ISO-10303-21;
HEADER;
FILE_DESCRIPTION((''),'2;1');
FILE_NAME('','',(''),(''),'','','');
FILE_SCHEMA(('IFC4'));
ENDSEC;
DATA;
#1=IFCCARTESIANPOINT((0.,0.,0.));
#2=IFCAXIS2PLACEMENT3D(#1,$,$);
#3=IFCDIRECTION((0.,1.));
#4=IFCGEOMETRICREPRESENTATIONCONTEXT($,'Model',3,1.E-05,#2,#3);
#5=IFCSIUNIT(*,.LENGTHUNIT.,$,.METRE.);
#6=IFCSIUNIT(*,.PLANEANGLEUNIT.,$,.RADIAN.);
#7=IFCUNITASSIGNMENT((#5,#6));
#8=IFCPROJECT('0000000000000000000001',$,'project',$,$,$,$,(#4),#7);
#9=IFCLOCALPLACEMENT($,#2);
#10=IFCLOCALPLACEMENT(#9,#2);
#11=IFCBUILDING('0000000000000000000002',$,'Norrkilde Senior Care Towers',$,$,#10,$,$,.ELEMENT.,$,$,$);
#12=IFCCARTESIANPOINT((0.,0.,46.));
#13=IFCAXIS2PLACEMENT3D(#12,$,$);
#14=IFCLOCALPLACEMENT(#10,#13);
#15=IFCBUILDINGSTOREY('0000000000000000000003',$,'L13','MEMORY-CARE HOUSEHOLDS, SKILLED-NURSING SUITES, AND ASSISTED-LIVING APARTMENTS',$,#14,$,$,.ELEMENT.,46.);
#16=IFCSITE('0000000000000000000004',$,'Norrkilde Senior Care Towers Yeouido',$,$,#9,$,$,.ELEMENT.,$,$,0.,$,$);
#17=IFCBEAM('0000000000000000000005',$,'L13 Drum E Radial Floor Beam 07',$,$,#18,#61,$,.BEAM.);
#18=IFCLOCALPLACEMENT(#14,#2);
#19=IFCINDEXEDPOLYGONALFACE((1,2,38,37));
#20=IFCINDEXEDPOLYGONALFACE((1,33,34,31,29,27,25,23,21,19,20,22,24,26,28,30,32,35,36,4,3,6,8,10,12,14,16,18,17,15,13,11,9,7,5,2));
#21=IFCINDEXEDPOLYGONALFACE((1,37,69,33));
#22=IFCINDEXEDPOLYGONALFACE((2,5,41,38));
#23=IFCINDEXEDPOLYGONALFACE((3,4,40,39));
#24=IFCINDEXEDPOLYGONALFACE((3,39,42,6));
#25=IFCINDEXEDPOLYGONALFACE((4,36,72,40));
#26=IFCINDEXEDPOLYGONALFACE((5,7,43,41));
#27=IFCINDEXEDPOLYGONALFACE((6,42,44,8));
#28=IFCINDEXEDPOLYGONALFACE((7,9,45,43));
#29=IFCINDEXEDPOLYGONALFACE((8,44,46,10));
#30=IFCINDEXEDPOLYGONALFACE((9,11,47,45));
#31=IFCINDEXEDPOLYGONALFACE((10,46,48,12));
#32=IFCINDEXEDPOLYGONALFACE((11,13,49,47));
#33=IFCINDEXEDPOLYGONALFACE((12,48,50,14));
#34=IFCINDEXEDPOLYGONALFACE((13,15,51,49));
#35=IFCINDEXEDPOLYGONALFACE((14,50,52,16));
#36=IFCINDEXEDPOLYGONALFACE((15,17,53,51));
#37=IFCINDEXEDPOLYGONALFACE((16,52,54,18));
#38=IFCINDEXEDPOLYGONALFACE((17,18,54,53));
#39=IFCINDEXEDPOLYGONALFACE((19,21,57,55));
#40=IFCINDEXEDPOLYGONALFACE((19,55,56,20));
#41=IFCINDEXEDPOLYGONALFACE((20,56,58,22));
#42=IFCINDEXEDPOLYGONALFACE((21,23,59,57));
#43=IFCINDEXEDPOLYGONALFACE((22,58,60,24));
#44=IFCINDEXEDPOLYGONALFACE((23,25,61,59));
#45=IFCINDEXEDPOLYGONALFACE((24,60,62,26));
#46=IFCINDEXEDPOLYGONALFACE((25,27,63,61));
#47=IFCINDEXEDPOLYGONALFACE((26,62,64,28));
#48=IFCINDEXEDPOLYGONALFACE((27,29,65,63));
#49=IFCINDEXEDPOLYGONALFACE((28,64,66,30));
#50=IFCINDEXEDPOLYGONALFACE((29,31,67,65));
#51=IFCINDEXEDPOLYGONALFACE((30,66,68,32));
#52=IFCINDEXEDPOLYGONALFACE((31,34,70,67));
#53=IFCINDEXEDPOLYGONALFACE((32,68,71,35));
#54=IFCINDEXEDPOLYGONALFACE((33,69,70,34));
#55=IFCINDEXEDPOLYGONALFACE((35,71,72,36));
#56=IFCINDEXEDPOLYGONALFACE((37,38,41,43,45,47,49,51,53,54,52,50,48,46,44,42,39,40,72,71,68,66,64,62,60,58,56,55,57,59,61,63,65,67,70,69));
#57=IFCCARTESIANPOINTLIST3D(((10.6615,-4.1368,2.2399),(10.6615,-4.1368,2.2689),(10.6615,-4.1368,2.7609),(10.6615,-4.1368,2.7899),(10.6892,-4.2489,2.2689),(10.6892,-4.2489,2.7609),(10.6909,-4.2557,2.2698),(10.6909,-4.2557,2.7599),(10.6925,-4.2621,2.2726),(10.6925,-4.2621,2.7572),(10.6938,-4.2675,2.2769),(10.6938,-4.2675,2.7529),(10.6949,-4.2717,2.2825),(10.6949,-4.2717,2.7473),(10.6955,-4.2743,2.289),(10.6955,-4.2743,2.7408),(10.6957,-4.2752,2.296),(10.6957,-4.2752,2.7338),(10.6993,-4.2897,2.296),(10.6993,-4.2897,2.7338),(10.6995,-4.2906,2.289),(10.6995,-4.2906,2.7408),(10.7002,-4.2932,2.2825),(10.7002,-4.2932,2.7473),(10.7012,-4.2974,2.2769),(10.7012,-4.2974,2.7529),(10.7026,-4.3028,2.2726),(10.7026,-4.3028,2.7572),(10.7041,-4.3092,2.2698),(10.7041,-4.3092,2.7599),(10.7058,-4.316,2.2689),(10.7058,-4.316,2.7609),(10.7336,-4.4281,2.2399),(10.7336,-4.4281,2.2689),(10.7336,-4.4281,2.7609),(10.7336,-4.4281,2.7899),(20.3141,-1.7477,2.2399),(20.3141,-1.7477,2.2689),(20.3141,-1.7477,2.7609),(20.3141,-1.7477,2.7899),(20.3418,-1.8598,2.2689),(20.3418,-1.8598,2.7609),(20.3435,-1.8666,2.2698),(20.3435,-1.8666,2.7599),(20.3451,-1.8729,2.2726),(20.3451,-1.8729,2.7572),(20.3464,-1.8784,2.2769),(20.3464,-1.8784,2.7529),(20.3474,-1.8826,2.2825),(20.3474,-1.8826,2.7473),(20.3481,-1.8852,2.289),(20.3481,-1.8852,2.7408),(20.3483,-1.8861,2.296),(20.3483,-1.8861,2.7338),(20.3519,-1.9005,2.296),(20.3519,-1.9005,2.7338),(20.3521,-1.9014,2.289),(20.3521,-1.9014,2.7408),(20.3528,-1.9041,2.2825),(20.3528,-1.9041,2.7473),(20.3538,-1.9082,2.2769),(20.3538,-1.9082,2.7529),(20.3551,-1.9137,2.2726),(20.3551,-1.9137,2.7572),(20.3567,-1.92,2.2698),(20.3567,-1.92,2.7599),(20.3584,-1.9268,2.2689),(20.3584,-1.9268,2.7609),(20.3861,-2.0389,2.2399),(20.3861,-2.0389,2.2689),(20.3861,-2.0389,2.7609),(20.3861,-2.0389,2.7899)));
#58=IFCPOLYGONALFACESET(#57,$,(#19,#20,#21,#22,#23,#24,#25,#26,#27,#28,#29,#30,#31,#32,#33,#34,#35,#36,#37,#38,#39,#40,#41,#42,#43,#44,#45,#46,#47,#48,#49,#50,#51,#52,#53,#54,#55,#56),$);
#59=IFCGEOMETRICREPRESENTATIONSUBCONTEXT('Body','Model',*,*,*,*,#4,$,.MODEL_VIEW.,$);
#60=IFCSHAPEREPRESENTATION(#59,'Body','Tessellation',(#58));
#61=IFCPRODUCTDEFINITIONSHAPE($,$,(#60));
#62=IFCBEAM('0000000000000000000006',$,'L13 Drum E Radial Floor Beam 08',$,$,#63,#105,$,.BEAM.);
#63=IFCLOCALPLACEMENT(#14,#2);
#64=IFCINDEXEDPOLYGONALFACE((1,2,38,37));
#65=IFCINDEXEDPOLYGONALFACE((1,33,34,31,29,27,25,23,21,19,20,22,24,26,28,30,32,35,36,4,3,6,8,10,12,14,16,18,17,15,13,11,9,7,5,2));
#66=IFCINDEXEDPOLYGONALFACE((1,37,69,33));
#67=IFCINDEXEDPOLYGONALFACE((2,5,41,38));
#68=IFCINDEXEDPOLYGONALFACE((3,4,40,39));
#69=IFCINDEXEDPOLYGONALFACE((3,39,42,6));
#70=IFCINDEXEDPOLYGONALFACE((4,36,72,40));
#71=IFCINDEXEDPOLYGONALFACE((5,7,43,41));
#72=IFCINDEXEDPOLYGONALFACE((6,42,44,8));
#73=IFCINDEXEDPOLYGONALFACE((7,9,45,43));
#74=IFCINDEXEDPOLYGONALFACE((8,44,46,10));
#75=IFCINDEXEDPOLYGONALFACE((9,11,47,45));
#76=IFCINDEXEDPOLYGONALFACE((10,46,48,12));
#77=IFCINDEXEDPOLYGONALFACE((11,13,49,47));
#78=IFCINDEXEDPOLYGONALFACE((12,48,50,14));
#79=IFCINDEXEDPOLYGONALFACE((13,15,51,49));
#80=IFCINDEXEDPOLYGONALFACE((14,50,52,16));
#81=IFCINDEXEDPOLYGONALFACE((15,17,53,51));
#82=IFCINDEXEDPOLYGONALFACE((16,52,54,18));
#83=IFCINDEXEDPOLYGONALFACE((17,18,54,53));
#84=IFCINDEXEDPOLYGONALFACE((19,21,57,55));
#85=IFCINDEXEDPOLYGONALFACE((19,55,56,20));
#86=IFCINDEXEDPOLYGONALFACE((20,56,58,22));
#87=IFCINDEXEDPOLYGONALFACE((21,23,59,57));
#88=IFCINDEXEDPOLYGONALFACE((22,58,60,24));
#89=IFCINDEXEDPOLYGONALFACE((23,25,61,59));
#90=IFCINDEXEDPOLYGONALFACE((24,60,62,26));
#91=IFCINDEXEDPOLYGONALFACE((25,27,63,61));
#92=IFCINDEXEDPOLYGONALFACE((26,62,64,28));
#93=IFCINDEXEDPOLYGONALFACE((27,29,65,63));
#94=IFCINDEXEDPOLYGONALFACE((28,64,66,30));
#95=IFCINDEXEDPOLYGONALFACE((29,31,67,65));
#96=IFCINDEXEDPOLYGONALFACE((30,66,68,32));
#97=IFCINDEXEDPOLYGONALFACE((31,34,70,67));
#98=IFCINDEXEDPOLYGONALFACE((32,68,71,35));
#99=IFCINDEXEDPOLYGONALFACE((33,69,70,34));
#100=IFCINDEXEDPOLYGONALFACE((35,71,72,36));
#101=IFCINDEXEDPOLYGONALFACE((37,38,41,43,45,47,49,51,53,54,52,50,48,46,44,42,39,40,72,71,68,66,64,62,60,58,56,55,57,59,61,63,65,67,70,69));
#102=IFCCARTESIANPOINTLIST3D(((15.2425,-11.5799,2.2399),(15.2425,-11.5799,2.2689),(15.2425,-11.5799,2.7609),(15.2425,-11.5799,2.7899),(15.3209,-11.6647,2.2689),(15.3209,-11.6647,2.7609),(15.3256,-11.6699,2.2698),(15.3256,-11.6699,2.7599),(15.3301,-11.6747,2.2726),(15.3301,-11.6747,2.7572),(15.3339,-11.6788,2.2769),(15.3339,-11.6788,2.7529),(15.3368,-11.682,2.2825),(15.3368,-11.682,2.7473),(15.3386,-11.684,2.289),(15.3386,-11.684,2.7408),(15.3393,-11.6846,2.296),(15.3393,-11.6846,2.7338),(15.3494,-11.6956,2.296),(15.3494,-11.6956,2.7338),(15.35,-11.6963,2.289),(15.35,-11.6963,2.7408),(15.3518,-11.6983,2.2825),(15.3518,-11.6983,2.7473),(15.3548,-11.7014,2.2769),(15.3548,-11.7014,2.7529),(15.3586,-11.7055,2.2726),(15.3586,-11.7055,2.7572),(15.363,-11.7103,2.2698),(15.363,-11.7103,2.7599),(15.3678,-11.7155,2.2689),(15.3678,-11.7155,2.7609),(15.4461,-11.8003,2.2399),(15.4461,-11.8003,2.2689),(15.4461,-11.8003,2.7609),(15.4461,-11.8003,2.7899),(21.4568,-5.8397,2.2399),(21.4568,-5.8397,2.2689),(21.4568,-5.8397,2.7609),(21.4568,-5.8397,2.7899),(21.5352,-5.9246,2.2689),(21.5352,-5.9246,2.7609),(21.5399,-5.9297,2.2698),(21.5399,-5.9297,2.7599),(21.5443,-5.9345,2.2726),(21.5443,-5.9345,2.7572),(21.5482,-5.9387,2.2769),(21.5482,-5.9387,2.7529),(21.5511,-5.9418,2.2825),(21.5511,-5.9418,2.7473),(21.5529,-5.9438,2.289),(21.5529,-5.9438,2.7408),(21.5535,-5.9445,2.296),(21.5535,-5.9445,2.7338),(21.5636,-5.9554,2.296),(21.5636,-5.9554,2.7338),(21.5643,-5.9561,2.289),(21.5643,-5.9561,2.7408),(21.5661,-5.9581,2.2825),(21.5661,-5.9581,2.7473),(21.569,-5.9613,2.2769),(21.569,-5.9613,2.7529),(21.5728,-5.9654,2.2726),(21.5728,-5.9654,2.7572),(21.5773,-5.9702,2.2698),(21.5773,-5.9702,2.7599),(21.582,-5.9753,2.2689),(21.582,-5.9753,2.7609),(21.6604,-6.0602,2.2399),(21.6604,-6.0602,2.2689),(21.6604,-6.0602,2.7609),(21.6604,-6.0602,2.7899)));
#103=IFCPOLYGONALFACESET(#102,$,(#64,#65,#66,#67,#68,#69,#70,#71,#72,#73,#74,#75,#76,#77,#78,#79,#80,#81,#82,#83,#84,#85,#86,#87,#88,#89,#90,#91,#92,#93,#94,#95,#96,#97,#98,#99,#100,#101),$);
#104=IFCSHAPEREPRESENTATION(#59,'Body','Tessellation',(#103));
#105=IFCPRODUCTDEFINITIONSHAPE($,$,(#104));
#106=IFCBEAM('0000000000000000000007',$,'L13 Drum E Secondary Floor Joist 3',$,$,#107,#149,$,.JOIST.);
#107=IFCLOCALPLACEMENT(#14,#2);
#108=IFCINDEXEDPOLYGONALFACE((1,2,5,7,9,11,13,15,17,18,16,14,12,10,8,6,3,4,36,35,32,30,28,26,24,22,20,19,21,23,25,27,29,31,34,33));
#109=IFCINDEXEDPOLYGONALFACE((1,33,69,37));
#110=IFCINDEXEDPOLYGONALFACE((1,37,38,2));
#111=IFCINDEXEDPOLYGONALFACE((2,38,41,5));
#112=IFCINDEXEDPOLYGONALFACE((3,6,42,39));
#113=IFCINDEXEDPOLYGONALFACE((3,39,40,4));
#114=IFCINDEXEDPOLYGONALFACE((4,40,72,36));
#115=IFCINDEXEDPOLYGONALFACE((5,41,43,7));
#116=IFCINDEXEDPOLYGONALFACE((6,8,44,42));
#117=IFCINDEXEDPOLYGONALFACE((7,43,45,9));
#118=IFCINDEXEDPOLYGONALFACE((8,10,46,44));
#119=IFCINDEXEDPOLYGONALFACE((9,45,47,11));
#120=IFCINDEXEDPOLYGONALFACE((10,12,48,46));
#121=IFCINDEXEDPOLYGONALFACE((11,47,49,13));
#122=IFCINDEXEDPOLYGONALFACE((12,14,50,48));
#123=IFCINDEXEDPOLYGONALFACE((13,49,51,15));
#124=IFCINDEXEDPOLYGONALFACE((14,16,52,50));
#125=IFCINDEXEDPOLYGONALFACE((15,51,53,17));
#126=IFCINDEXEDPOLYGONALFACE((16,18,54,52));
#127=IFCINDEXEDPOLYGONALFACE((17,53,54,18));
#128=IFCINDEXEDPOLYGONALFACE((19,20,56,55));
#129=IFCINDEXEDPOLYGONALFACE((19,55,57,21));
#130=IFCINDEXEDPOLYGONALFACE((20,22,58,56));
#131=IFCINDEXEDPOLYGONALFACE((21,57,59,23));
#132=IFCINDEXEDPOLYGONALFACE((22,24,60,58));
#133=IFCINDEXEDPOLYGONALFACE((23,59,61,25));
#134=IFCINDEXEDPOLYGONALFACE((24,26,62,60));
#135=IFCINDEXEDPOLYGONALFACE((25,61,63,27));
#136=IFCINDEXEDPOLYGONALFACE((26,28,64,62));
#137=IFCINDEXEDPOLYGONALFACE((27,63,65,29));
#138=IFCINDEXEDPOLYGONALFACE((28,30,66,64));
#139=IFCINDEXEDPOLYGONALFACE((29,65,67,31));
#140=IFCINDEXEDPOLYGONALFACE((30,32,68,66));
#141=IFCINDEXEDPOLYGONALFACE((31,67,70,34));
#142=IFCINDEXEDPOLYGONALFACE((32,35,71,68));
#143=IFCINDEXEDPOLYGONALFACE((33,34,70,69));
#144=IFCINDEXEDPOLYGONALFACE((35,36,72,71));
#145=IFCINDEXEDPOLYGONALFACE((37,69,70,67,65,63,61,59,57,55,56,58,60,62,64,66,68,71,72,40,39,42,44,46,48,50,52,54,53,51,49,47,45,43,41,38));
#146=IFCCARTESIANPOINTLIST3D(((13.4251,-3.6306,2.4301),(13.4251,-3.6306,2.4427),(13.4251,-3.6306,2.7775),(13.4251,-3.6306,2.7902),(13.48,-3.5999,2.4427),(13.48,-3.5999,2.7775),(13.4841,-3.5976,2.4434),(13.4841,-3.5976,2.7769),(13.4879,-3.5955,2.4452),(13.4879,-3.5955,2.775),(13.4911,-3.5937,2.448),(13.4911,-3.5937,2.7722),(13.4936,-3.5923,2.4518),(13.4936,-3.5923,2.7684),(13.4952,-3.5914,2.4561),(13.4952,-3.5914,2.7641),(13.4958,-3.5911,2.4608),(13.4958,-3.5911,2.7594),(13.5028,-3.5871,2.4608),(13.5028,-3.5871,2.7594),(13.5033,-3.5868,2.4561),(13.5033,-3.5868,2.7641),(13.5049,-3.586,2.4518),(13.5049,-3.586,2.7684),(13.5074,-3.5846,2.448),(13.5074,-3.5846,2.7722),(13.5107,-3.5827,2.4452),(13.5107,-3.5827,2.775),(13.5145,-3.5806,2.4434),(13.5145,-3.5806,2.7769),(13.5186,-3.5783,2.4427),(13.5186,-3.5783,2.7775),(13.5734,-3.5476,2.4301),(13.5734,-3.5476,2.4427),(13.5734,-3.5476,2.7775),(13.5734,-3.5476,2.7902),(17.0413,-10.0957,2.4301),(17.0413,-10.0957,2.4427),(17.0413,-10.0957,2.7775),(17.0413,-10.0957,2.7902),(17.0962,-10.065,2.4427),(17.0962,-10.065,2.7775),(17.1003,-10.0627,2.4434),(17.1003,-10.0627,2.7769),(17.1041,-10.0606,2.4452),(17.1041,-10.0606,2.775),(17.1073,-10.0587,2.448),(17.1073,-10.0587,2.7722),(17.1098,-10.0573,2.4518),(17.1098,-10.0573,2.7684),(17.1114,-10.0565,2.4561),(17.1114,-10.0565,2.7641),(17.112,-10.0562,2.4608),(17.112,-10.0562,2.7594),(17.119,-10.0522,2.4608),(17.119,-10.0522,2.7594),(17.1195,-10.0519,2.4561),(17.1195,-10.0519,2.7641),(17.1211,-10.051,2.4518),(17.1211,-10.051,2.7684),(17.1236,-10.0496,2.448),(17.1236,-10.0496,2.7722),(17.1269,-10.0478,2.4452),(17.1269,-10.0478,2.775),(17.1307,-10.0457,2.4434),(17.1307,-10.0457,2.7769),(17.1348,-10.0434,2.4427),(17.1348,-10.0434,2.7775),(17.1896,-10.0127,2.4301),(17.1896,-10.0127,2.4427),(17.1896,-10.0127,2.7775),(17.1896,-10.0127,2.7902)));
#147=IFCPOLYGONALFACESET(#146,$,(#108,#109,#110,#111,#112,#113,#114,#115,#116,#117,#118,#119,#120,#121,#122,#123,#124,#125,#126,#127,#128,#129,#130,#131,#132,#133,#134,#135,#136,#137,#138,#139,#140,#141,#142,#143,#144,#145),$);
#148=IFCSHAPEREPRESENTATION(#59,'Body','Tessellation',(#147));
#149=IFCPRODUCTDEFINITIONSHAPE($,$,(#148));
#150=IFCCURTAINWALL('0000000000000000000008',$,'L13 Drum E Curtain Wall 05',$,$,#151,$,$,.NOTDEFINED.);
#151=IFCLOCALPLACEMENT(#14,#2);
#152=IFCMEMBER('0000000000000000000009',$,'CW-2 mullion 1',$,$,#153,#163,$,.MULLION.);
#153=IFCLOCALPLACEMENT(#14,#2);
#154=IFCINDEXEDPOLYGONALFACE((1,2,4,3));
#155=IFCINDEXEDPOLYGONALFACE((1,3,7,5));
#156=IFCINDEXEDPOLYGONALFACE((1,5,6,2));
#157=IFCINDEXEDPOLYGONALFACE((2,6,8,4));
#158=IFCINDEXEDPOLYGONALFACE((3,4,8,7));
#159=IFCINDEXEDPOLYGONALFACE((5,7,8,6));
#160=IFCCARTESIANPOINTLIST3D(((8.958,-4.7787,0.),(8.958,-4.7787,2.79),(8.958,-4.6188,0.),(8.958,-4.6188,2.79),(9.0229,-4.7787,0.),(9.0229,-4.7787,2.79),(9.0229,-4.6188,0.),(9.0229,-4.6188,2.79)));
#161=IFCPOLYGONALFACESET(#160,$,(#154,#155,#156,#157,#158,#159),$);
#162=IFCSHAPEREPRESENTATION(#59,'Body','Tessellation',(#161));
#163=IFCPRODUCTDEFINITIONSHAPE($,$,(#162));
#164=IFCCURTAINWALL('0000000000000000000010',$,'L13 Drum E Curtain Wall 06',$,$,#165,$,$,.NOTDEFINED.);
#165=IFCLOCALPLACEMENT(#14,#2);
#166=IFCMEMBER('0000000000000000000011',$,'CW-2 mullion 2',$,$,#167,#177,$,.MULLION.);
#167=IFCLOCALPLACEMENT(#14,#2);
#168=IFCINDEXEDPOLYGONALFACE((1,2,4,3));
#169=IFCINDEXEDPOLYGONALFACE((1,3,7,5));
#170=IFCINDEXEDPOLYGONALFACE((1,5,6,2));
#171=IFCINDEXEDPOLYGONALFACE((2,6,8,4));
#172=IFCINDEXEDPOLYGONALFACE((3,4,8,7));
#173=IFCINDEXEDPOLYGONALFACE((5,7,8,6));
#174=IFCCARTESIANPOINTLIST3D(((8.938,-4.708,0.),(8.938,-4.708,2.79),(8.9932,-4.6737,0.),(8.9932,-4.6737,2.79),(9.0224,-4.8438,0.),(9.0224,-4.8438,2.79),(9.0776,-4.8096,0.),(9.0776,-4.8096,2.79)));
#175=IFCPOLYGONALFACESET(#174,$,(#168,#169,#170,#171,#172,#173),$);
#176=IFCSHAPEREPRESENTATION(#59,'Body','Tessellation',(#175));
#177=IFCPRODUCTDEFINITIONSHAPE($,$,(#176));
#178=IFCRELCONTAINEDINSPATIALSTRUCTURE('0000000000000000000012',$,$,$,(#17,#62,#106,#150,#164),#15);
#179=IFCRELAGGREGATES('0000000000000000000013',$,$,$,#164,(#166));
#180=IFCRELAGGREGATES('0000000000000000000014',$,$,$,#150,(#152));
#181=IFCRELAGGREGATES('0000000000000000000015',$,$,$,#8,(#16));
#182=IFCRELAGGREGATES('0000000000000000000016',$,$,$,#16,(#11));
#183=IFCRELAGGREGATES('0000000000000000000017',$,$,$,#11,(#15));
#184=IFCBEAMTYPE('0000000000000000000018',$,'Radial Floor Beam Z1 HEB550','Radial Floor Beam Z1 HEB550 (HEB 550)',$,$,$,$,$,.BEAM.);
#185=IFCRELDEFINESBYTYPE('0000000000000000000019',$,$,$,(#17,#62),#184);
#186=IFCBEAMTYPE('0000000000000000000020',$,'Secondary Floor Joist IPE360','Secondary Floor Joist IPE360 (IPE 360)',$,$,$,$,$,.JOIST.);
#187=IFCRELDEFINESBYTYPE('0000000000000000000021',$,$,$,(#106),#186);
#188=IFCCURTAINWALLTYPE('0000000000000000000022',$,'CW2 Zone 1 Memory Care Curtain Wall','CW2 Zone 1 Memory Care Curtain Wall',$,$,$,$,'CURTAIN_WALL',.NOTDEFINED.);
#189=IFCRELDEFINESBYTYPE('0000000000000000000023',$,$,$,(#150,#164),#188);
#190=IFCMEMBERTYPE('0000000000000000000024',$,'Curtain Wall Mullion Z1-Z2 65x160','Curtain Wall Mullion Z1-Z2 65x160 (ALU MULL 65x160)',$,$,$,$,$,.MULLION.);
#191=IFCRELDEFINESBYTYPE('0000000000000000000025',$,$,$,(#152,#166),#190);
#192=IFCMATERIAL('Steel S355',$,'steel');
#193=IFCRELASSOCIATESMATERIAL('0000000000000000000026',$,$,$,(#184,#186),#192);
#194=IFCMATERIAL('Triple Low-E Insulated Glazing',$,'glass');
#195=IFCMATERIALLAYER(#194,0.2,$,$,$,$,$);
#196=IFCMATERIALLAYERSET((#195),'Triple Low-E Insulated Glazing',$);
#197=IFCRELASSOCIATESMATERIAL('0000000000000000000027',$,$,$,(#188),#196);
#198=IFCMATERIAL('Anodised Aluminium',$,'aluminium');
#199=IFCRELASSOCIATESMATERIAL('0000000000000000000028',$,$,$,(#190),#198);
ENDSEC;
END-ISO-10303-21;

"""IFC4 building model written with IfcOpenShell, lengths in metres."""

from ifc_helpers import new_model, si_unit, direction, frame, origin, origin_2d, place, context, subcontext, project, spatial, rectangle, i_section, extrude, source, transform, mapped, material, layer, layer_set, material_profile, profile_set, type_object, type_shapes, element, aggregate, save


model = new_model("IFC4")

# Units and contexts
model_context = context("Model", 3, precision=1e-05, world=origin(), true_north=direction((0.0, 1.0)))
body_context = subcontext(model_context, "Body", "Model", "MODEL_VIEW")
ifc_project = project(units=[si_unit("LENGTHUNIT", "METRE"), si_unit("PLANEANGLEUNIT", "RADIAN")], contexts=[model_context])

# Site, building, storey
site_placement = place(None, origin())
site = spatial("IfcSite", under=ifc_project, at=site_placement, Name="Norrkilde Senior Care Towers Yeouido", CompositionType="ELEMENT", RefElevation=0.0)
building_placement = place(site_placement, origin())
building = spatial("IfcBuilding", under=site, at=building_placement, Name="Norrkilde Senior Care Towers", CompositionType="ELEMENT")
storey_placement = place(building_placement, frame((0.0, 0.0, 46.0)))
storey = spatial("IfcBuildingStorey", under=building, at=storey_placement, Name="L13", Description="MEMORY-CARE HOUSEHOLDS, SKILLED-NURSING SUITES, AND ASSISTED-LIVING APARTMENTS", CompositionType="ELEMENT", Elevation=46.0)

# Beams
ifc_material_1 = material(Name="Steel S355", Category="steel")
ifc_material_profile_1 = material_profile(ifc_material_1, i_section(OverallWidth=0.3, OverallDepth=0.55, WebThickness=0.0149, FlangeThickness=0.0291, FilletRadius=0.0271, at=origin_2d()), Name="HEB 550")
ifc_profile_set_1 = profile_set([ifc_material_profile_1], Name="Steel S355")
beam_type_1 = type_object("IfcBeamType", Name="Radial Floor Beam Z1 HEB550", Description="Radial Floor Beam Z1 HEB550 (HEB 550)", PredefinedType="BEAM", material=ifc_profile_set_1)
shared_shape_1 = source(origin(), body_context, "Body", "SweptSolid", [
    extrude(i_section(OverallWidth=0.3, OverallDepth=0.55, WebThickness=0.0149, FlangeThickness=0.0291, FilletRadius=0.0271, at=origin_2d()), origin(), (0.0, 0.0, 1.0), 9.9438),
])
beam_1_placement = place(storey_placement, frame((20.3501, -1.8933, 2.5149), z_axis=(-0.970707, -0.240265, 0.0), x_axis=(0.240265, -0.970707, 0.0)))
element("IfcBeam", 1, at=beam_1_placement, inside=storey, type_object=beam_type_1, Name="L13 Drum E Radial Floor Beam 07", PredefinedType="BEAM", context=body_context, shape_type="MappedRepresentation", body=[
    mapped(shared_shape_1, transform((0.0, 0.0, 0.0), x_axis=(1.0, 0.0, 0.0), y_axis=(0.0, 1.0, 0.0), z_axis=(0.0, 0.0, 1.0), scale=1.0)),
])
shared_shape_2 = source(origin(), body_context, "Body", "SweptSolid", [
    extrude(i_section(OverallWidth=0.3, OverallDepth=0.55, WebThickness=0.0149, FlangeThickness=0.0291, FilletRadius=0.0271, at=origin_2d()), origin(), (0.0, 0.0, 1.0), 8.4597),
])
type_shapes(beam_type_1, [shared_shape_1, shared_shape_2])
beam_2_placement = place(storey_placement, frame((21.5586, -5.95, 2.5149), z_axis=(-0.734573, -0.678529, 0.0), x_axis=(0.678529, -0.734573, 0.0)))
element("IfcBeam", 2, at=beam_2_placement, inside=storey, type_object=beam_type_1, Name="L13 Drum E Radial Floor Beam 08", PredefinedType="BEAM", context=body_context, shape_type="MappedRepresentation", body=[
    mapped(shared_shape_2, transform((0.0, 0.0, 0.0), x_axis=(1.0, 0.0, 0.0), y_axis=(0.0, 1.0, 0.0), z_axis=(0.0, 0.0, 1.0), scale=1.0)),
])
ifc_material_profile_2 = material_profile(ifc_material_1, i_section(OverallWidth=0.1699, OverallDepth=0.3601, WebThickness=0.0081, FlangeThickness=0.0127, FilletRadius=0.0181, at=origin_2d()), Name="IPE 360")
ifc_profile_set_2 = profile_set([ifc_material_profile_2], Name="Steel S355")
beam_type_2 = type_object("IfcBeamType", Name="Secondary Floor Joist IPE360", Description="Secondary Floor Joist IPE360 (IPE 360)", PredefinedType="JOIST", material=ifc_profile_set_2)
shared_shape_3 = source(origin(), body_context, "Body", "SweptSolid", [
    extrude(i_section(OverallWidth=0.1699, OverallDepth=0.3601, WebThickness=0.0081, FlangeThickness=0.0127, FilletRadius=0.0181, at=origin_2d()), origin(), (0.0, 0.0, 1.0), 7.4077),
])
type_shapes(beam_type_2, [shared_shape_3])
beam_3_placement = place(storey_placement, frame((13.4993, -3.5891, 2.6101), z_axis=(0.488168, -0.87275, 0.0), x_axis=(0.87275, 0.488168, 0.0)))
element("IfcBeam", 3, at=beam_3_placement, inside=storey, type_object=beam_type_2, Name="L13 Drum E Secondary Floor Joist 3", PredefinedType="JOIST", context=body_context, shape_type="MappedRepresentation", body=[
    mapped(shared_shape_3, transform((0.0, 0.0, 0.0), x_axis=(1.0, 0.0, 0.0), y_axis=(0.0, 1.0, 0.0), z_axis=(0.0, 0.0, 1.0), scale=1.0)),
])

# Curtain walls, members
ifc_material_2 = material(Name="Triple Low-E Insulated Glazing", Category="glass")
ifc_layer_1 = layer(ifc_material_2, 0.2)
ifc_layer_set_1 = layer_set([ifc_layer_1], Name="Triple Low-E Insulated Glazing")
curtain_wall_type = type_object("IfcCurtainWallType", Name="CW2 Zone 1 Memory Care Curtain Wall", Description="CW2 Zone 1 Memory Care Curtain Wall", ElementType="CURTAIN_WALL", PredefinedType="NOTDEFINED", material=ifc_layer_set_1)
curtain_wall_1_placement = place(storey_placement, origin())
curtain_wall_1 = element("IfcCurtainWall", 4, at=curtain_wall_1_placement, inside=storey, type_object=curtain_wall_type, Name="L13 Drum E Curtain Wall 05", PredefinedType="NOTDEFINED")
ifc_material_3 = material(Name="Anodised Aluminium", Category="aluminium")
ifc_material_profile_3 = material_profile(ifc_material_3, rectangle(XDim=0.0649, YDim=0.1599, at=origin_2d()), Name="ALU MULL 65x160")
ifc_profile_set_3 = profile_set([ifc_material_profile_3], Name="Anodised Aluminium")
member_type_1 = type_object("IfcMemberType", Name="Curtain Wall Mullion Z1-Z2 65x160", Description="Curtain Wall Mullion Z1-Z2 65x160 (ALU MULL 65x160)", PredefinedType="MULLION", material=ifc_profile_set_3)
shared_shape_4 = source(origin(), body_context, "Body", "SweptSolid", [
    extrude(rectangle(XDim=0.0649, YDim=0.1599, at=origin_2d()), origin(), (0.0, 0.0, 1.0), 2.79),
])
type_shapes(member_type_1, [shared_shape_4])
member_1_placement = place(storey_placement, frame((8.9905, -4.6987, 0.0), z_axis=(0.0, 0.0, 1.0), x_axis=(-1.0, 0.0, 0.0)))
member_1 = element("IfcMember", 5, at=member_1_placement, type_object=member_type_1, Name="CW-2 mullion 1", PredefinedType="MULLION", context=body_context, shape_type="MappedRepresentation", body=[
    mapped(shared_shape_4, transform((0.0, 0.0, 0.0), x_axis=(1.0, 0.0, 0.0), y_axis=(0.0, 1.0, 0.0), z_axis=(0.0, 0.0, 1.0), scale=1.0)),
])
curtain_wall_2_placement = place(storey_placement, origin())
curtain_wall_2 = element("IfcCurtainWall", 6, at=curtain_wall_2_placement, inside=storey, type_object=curtain_wall_type, Name="L13 Drum E Curtain Wall 06", PredefinedType="NOTDEFINED")
member_2_placement = place(storey_placement, frame((9.0078, -4.7588, 0.0), z_axis=(0.0, 0.0, 1.0), x_axis=(-0.849306, -0.527901, 0.0)))
member_2 = element("IfcMember", 7, at=member_2_placement, type_object=member_type_1, Name="CW-2 mullion 2", PredefinedType="MULLION", context=body_context, shape_type="MappedRepresentation", body=[
    mapped(shared_shape_4, transform((0.0, 0.0, 0.0), x_axis=(1.0, 0.0, 0.0), y_axis=(0.0, 1.0, 0.0), z_axis=(0.0, 0.0, 1.0), scale=1.0)),
])
aggregate(curtain_wall_2, [member_2])

aggregate(curtain_wall_1, [member_1])

save(model, "model.ifc")
